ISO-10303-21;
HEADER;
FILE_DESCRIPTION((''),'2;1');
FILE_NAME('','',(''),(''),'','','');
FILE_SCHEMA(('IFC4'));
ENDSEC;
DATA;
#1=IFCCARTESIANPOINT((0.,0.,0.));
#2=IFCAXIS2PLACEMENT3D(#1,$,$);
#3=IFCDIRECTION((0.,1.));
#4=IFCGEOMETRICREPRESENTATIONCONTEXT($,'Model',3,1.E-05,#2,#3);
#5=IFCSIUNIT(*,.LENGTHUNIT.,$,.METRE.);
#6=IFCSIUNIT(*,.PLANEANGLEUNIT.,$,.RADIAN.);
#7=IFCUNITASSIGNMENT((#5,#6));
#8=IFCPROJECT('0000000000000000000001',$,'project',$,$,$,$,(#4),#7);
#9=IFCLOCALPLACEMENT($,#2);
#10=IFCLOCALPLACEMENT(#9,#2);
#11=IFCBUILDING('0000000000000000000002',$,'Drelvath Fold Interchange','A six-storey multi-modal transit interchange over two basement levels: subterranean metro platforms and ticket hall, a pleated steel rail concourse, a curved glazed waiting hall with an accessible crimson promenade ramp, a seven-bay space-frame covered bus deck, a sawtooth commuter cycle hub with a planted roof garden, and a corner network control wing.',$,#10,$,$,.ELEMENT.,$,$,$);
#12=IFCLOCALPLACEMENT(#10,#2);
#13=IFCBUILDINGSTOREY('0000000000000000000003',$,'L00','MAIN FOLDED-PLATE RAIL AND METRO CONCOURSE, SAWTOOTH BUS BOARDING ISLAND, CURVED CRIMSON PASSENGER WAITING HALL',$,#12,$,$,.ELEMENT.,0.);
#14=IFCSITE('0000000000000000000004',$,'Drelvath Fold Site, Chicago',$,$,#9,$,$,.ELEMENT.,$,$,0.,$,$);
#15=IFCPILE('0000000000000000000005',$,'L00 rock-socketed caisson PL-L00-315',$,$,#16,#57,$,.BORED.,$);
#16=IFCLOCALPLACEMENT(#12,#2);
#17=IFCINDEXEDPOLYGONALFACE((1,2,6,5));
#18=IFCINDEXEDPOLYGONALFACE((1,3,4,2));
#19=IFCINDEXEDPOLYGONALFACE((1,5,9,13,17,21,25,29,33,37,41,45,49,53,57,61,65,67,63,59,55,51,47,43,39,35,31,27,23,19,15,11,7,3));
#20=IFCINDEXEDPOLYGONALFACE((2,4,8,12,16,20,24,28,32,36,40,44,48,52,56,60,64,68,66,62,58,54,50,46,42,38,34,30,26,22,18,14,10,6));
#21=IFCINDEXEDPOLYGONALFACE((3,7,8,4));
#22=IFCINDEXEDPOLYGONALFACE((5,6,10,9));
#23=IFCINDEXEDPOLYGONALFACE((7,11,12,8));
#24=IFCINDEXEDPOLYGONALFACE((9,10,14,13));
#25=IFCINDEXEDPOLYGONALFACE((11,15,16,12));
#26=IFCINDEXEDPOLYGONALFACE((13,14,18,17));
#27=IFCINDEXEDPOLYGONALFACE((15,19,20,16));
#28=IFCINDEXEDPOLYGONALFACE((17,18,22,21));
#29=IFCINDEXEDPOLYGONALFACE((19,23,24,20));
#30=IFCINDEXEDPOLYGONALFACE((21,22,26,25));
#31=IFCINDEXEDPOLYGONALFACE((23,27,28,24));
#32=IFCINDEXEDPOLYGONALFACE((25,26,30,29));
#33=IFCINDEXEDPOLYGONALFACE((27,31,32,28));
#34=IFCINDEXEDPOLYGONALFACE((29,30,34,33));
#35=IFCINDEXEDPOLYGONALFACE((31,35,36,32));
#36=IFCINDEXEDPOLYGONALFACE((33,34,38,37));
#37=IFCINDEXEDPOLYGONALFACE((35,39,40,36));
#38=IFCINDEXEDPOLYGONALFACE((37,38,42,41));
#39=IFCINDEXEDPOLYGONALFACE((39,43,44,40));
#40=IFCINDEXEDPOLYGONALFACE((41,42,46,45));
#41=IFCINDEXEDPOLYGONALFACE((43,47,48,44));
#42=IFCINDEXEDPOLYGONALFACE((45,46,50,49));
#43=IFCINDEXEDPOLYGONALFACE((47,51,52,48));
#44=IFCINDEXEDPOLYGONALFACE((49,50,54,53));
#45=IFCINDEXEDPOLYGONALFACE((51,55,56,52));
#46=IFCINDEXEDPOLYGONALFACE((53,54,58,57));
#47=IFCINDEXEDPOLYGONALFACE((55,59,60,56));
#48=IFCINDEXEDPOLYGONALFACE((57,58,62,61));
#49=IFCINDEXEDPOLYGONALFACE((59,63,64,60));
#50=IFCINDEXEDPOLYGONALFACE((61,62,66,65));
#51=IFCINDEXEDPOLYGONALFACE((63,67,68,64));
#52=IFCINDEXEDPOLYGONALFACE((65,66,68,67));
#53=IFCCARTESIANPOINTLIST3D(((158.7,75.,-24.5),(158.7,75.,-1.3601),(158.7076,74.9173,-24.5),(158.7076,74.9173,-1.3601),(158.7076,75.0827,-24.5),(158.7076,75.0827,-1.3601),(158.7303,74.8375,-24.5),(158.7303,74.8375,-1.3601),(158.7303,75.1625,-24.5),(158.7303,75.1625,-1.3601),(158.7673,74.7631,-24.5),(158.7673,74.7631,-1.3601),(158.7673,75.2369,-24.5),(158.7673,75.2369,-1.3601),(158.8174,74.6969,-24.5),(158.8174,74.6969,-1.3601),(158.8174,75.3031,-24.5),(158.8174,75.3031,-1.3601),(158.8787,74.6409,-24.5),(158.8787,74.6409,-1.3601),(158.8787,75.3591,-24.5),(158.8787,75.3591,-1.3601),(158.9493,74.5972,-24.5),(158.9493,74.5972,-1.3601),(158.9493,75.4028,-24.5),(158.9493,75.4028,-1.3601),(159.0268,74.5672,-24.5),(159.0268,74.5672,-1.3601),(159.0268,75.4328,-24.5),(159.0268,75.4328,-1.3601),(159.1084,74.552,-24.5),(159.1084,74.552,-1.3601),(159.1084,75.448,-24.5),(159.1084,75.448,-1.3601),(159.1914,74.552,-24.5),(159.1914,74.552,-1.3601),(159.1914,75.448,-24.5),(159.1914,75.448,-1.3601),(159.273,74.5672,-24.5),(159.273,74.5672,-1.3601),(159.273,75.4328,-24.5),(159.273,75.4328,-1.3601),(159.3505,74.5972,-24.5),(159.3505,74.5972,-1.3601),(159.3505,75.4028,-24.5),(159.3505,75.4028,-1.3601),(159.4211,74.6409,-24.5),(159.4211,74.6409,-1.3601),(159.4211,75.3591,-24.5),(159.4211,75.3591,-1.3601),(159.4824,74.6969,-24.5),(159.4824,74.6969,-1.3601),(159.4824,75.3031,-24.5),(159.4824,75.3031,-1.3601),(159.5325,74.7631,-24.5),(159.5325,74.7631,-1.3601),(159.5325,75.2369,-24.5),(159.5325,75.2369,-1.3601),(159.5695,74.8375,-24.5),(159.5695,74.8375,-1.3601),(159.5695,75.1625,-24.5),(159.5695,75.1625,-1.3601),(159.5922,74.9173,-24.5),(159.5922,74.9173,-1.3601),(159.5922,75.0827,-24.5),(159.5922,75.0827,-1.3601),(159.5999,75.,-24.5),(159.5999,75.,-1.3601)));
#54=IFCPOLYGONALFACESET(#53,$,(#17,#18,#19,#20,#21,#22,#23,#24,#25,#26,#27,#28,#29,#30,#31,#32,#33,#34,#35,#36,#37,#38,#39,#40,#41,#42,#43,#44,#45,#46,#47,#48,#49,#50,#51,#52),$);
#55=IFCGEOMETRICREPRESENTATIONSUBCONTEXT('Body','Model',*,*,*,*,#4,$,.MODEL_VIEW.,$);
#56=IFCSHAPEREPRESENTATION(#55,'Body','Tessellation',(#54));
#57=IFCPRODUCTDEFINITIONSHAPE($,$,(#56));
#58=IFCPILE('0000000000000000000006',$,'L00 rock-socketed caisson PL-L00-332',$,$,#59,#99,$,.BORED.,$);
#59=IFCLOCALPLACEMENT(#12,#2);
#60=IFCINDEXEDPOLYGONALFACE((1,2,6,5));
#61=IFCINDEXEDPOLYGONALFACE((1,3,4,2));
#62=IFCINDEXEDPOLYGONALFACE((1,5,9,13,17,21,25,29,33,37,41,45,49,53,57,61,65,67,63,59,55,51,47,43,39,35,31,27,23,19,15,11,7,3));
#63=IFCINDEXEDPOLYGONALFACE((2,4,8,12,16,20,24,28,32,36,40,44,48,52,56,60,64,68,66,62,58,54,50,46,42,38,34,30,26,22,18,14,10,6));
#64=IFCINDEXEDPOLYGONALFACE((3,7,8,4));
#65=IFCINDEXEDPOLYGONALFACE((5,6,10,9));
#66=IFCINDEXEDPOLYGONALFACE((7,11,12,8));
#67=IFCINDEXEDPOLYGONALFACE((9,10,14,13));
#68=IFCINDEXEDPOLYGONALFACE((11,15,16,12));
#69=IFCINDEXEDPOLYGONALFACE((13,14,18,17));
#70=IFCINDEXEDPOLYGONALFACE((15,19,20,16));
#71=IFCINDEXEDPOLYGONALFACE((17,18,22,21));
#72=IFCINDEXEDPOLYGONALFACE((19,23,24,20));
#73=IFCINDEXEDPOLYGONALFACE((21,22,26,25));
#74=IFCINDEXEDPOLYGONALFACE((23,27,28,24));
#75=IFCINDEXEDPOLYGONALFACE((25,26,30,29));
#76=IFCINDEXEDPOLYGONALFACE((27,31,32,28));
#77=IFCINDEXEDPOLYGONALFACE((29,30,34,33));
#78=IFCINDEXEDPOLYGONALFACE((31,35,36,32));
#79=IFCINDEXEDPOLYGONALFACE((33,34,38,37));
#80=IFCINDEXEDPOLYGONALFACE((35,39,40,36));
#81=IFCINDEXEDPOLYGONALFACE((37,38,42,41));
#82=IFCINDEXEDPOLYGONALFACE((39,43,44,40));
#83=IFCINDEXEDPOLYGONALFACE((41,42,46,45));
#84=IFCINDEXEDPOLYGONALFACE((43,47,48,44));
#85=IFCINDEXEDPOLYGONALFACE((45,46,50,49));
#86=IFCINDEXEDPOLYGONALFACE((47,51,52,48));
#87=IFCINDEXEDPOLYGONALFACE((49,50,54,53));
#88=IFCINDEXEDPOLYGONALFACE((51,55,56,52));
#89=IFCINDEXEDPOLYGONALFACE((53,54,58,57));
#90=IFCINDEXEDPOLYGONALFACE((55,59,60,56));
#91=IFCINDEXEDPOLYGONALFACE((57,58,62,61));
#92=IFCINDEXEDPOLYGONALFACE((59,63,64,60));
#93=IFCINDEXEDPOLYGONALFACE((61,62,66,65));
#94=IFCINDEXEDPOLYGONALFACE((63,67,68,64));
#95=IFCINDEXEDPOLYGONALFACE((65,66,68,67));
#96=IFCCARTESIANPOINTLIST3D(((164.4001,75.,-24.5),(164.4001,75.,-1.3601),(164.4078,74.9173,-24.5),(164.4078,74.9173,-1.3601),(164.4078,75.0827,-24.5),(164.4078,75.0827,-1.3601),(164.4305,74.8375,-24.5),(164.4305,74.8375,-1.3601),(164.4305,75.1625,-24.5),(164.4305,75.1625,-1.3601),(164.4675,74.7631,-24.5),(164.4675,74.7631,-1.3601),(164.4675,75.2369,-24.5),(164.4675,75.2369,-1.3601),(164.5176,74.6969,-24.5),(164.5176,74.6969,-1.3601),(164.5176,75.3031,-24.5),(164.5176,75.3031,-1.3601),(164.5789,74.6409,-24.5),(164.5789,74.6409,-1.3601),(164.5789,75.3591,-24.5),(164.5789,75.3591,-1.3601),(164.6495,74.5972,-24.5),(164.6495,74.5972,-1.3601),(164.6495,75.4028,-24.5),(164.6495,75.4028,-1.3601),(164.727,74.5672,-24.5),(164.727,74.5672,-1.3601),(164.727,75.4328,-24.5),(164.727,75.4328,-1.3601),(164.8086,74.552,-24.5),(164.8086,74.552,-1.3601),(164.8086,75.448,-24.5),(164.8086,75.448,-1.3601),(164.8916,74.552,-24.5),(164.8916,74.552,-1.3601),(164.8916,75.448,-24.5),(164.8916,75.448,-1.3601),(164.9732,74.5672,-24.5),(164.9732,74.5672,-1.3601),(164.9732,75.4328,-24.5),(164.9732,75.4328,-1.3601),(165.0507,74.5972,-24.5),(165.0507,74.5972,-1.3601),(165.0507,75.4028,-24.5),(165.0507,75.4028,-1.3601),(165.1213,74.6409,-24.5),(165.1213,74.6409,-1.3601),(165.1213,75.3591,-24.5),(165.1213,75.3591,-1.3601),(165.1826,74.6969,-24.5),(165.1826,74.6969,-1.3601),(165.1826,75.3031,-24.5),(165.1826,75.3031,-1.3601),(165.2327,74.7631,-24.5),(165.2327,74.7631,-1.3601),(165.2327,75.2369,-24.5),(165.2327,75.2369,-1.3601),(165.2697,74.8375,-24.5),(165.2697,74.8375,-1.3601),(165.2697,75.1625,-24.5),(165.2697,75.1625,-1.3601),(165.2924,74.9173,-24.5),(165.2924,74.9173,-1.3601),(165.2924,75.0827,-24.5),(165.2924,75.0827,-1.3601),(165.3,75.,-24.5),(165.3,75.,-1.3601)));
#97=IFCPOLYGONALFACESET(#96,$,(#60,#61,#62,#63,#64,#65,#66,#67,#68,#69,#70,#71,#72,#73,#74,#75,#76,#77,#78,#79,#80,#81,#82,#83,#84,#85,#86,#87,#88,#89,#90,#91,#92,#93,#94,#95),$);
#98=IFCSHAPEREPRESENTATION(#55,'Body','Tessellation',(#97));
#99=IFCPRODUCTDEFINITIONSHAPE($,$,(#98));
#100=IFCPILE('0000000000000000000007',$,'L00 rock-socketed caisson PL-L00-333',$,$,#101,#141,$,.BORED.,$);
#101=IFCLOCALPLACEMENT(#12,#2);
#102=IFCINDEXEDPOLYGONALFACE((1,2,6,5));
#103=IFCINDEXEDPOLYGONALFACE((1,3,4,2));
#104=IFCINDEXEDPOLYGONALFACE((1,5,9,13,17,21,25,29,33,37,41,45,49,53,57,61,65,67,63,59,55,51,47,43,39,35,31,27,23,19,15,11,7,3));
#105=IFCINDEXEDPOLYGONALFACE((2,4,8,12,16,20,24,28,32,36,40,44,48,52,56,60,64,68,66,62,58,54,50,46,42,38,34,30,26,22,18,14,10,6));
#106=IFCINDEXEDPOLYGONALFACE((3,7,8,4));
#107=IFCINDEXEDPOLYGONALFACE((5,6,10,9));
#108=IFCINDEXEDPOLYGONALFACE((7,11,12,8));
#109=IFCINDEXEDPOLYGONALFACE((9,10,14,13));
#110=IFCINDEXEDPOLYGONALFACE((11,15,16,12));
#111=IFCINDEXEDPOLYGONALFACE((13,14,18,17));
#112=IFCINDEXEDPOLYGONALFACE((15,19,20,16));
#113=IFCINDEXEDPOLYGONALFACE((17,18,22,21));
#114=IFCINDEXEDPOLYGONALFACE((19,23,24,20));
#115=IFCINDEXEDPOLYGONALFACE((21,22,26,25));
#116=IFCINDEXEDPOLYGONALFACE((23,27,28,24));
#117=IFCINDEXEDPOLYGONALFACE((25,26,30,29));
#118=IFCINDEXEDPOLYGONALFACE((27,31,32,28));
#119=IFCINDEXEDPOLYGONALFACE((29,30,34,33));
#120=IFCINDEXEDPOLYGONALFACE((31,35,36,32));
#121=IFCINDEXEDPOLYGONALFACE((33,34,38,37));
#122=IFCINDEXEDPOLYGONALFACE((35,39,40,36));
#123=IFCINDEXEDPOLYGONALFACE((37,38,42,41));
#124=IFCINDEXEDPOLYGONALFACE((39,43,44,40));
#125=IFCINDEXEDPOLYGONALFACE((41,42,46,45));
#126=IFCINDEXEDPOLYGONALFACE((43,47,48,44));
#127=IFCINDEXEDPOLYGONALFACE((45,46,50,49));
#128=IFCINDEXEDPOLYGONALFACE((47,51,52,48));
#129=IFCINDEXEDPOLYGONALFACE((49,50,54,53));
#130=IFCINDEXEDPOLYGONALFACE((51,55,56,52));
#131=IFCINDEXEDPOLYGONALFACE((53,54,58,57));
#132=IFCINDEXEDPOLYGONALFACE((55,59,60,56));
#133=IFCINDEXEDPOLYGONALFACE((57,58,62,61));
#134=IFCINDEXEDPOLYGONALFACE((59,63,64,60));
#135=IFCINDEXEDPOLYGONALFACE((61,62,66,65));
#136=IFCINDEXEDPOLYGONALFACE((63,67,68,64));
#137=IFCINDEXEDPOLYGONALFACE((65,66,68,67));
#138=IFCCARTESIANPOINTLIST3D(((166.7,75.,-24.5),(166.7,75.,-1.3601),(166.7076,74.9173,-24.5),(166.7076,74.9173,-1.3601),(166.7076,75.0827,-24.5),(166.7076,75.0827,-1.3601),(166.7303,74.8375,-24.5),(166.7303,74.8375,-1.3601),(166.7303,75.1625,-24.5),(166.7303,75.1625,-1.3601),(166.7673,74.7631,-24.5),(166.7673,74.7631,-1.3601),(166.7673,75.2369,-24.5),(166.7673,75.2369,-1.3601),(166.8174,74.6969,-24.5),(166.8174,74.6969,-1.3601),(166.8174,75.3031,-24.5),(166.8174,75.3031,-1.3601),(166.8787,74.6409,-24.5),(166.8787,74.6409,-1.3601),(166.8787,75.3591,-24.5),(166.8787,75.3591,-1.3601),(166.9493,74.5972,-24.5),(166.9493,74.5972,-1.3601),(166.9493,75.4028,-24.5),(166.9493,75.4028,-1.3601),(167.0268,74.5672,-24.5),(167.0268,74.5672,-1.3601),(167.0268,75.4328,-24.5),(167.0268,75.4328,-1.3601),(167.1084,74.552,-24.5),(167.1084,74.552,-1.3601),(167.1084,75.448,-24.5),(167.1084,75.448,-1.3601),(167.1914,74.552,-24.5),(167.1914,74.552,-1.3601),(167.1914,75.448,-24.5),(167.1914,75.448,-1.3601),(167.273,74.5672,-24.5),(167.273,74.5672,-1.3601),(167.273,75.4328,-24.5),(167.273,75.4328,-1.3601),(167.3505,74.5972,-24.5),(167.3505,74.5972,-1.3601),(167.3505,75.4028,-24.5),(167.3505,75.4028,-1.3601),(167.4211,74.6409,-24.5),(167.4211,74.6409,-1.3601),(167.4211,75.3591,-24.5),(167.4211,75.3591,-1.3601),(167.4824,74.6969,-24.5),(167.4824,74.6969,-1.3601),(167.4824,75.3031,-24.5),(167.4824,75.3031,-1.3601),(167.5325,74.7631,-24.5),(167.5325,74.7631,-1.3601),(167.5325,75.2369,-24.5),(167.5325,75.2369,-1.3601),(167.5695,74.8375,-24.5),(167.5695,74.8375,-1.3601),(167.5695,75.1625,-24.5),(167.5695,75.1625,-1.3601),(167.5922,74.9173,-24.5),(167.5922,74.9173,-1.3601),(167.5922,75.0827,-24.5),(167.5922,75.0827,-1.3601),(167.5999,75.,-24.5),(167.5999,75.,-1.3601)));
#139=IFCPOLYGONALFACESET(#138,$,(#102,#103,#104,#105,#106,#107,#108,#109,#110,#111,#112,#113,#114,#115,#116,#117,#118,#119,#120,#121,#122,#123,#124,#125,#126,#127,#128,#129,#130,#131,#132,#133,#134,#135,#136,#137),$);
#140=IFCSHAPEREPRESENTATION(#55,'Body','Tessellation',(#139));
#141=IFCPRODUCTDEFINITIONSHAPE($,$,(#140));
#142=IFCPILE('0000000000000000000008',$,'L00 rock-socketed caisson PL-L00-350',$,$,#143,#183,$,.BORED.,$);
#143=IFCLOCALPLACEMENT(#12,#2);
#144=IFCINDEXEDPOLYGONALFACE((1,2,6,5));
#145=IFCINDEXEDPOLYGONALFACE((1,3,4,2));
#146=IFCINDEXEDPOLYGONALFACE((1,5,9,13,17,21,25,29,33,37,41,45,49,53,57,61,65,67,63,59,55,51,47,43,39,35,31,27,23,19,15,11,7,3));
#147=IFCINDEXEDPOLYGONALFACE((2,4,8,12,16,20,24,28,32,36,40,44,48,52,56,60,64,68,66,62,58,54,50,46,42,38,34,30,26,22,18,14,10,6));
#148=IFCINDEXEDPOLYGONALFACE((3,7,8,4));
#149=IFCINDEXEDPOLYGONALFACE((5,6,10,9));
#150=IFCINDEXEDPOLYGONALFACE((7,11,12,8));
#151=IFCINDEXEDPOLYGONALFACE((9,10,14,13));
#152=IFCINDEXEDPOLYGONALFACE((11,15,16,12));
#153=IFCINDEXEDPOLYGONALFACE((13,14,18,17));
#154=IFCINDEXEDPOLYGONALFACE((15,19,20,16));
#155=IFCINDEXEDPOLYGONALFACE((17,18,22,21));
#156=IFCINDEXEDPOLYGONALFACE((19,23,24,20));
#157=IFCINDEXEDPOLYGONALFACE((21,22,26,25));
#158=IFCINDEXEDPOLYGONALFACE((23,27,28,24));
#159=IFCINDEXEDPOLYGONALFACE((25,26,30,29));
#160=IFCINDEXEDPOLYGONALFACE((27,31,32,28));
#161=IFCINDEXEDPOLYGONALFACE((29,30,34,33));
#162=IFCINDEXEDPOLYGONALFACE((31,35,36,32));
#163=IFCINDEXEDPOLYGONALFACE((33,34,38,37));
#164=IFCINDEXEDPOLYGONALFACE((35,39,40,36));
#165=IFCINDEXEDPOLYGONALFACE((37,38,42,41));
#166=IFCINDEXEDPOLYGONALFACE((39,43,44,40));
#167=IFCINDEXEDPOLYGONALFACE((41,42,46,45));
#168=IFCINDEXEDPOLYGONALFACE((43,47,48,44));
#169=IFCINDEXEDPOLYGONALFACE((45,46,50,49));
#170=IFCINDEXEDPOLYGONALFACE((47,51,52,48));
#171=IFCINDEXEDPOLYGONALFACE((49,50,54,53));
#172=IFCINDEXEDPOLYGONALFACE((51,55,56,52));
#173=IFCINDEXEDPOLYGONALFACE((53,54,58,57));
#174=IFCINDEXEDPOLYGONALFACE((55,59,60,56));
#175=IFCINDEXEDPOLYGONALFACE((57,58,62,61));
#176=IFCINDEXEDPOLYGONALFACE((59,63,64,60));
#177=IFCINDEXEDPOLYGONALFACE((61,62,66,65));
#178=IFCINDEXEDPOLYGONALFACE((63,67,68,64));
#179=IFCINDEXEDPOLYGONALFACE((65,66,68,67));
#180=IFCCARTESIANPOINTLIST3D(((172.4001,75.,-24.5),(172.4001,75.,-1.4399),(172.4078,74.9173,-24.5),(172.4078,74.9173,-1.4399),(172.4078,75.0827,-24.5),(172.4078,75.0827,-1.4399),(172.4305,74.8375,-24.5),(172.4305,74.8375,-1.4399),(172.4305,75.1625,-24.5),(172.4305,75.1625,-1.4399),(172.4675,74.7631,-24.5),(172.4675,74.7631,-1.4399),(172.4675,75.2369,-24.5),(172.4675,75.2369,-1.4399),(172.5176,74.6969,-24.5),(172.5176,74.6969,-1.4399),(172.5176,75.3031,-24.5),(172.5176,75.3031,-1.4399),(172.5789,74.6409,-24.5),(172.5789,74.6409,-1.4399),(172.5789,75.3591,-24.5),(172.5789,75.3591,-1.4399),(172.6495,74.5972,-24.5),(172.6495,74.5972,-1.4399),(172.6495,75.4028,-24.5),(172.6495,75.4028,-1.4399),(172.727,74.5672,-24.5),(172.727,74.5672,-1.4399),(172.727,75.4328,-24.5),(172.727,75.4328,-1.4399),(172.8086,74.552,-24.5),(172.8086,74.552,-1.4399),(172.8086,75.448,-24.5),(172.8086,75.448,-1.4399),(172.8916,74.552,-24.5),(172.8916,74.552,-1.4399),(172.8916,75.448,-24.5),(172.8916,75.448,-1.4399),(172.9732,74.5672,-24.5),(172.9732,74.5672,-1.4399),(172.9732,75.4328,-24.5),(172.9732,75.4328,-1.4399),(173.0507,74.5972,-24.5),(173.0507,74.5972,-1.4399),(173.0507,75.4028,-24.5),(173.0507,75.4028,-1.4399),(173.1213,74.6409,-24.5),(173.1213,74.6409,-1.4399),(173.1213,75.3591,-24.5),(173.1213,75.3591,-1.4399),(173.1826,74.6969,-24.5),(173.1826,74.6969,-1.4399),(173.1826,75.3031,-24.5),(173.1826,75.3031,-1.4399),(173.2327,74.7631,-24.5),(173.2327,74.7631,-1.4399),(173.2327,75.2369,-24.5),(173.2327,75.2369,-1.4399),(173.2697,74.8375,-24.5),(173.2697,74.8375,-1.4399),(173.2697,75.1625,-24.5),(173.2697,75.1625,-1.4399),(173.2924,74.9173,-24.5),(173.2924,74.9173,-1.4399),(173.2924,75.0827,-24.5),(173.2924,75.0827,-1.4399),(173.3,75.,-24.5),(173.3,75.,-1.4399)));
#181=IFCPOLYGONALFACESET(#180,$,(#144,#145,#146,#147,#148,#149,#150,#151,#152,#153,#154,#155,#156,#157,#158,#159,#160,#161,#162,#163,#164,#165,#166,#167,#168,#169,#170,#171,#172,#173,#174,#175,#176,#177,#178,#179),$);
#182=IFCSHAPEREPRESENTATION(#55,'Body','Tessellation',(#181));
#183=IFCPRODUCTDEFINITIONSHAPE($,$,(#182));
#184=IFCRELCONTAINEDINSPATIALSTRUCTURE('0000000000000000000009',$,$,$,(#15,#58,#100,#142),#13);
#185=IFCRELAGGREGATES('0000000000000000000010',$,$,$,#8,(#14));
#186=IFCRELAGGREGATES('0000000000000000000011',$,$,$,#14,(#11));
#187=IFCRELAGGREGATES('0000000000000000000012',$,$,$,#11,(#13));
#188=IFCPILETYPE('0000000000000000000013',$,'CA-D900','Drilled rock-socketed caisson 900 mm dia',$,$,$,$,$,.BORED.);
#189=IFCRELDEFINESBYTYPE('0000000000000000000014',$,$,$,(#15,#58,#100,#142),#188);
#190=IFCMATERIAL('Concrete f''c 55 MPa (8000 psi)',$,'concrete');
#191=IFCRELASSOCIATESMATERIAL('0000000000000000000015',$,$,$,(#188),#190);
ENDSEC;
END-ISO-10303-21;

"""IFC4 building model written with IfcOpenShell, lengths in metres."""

from ifc_helpers import new_model, si_unit, direction, frame, origin, origin_2d, place, context, subcontext, project, spatial, circle, extrude, material, material_profile, profile_set, type_object, element, save


model = new_model("IFC4")

# Units and contexts
model_context = context("Model", 3, precision=1e-05, world=origin(), true_north=direction((0.0, 1.0)))
body_context = subcontext(model_context, "Body", "Model", "MODEL_VIEW")
ifc_project = project(units=[si_unit("LENGTHUNIT", "METRE"), si_unit("PLANEANGLEUNIT", "RADIAN")], contexts=[model_context])

# Site, building, storey
site_placement = place(None, origin())
site = spatial("IfcSite", under=ifc_project, at=site_placement, Name="Drelvath Fold Site, Chicago", CompositionType="ELEMENT", RefElevation=0.0)
building_placement = place(site_placement, origin())
building = spatial("IfcBuilding", under=site, at=building_placement, Name="Drelvath Fold Interchange", Description="A six-storey multi-modal transit interchange over two basement levels: subterranean metro platforms and ticket hall, a pleated steel rail concourse, a curved glazed waiting hall with an accessible crimson promenade ramp, a seven-bay space-frame covered bus deck, a sawtooth commuter cycle hub with a planted roof garden, and a corner network control wing.", CompositionType="ELEMENT")
storey_placement = place(building_placement, origin())
storey = spatial("IfcBuildingStorey", under=building, at=storey_placement, Name="L00", Description="MAIN FOLDED-PLATE RAIL AND METRO CONCOURSE, SAWTOOTH BUS BOARDING ISLAND, CURVED CRIMSON PASSENGER WAITING HALL", CompositionType="ELEMENT", Elevation=0.0)

# Piles
ifc_material_1 = material(Name="Concrete f'c 55 MPa (8000 psi)", Category="concrete")
ifc_material_profile_1 = material_profile(ifc_material_1, circle(Radius=0.45, at=origin_2d()), Name="CAISSON D900")
ifc_profile_set_1 = profile_set([ifc_material_profile_1], Name="Concrete f'c 55 MPa (8000 psi)")
pile_type = type_object("IfcPileType", Name="CA-D900", Description="Drilled rock-socketed caisson 900 mm dia", PredefinedType="BORED", material=ifc_profile_set_1)
for number, where, z_axis, x_axis, name in (
    (1, (159.1499, 75.0, -1.3601), (0.0, 0.0, -1.0), (1.0, 0.0, 0.0), "L00 rock-socketed caisson PL-L00-315"),
    (2, (164.8501, 75.0, -1.3601), (0.0, 0.0, -1.0), (1.0, 0.0, 0.0), "L00 rock-socketed caisson PL-L00-332"),
    (3, (167.1499, 75.0, -1.3601), (0.0, 0.0, -1.0), (1.0, 0.0, 0.0), "L00 rock-socketed caisson PL-L00-333"),
):
    element("IfcPile", number, at=place(storey_placement, frame(where, z_axis=z_axis, x_axis=x_axis)), inside=storey, type_object=pile_type, Name=name, PredefinedType="BORED", context=body_context, shape_type="SweptSolid", body=[
        extrude(circle(Radius=0.45, at=origin_2d()), origin(), (0.0, 0.0, 1.0), 23.1399),
    ])
for number, where, z_axis, x_axis, name in (
    (4, (172.8501, 75.0, -1.4399), (0.0, 0.0, -1.0), (1.0, 0.0, 0.0), "L00 rock-socketed caisson PL-L00-350"),
):
    element("IfcPile", number, at=place(storey_placement, frame(where, z_axis=z_axis, x_axis=x_axis)), inside=storey, type_object=pile_type, Name=name, PredefinedType="BORED", context=body_context, shape_type="SweptSolid", body=[
        extrude(circle(Radius=0.45, at=origin_2d()), origin(), (0.0, 0.0, 1.0), 23.0601),
    ])

save(model, "model.ifc")
